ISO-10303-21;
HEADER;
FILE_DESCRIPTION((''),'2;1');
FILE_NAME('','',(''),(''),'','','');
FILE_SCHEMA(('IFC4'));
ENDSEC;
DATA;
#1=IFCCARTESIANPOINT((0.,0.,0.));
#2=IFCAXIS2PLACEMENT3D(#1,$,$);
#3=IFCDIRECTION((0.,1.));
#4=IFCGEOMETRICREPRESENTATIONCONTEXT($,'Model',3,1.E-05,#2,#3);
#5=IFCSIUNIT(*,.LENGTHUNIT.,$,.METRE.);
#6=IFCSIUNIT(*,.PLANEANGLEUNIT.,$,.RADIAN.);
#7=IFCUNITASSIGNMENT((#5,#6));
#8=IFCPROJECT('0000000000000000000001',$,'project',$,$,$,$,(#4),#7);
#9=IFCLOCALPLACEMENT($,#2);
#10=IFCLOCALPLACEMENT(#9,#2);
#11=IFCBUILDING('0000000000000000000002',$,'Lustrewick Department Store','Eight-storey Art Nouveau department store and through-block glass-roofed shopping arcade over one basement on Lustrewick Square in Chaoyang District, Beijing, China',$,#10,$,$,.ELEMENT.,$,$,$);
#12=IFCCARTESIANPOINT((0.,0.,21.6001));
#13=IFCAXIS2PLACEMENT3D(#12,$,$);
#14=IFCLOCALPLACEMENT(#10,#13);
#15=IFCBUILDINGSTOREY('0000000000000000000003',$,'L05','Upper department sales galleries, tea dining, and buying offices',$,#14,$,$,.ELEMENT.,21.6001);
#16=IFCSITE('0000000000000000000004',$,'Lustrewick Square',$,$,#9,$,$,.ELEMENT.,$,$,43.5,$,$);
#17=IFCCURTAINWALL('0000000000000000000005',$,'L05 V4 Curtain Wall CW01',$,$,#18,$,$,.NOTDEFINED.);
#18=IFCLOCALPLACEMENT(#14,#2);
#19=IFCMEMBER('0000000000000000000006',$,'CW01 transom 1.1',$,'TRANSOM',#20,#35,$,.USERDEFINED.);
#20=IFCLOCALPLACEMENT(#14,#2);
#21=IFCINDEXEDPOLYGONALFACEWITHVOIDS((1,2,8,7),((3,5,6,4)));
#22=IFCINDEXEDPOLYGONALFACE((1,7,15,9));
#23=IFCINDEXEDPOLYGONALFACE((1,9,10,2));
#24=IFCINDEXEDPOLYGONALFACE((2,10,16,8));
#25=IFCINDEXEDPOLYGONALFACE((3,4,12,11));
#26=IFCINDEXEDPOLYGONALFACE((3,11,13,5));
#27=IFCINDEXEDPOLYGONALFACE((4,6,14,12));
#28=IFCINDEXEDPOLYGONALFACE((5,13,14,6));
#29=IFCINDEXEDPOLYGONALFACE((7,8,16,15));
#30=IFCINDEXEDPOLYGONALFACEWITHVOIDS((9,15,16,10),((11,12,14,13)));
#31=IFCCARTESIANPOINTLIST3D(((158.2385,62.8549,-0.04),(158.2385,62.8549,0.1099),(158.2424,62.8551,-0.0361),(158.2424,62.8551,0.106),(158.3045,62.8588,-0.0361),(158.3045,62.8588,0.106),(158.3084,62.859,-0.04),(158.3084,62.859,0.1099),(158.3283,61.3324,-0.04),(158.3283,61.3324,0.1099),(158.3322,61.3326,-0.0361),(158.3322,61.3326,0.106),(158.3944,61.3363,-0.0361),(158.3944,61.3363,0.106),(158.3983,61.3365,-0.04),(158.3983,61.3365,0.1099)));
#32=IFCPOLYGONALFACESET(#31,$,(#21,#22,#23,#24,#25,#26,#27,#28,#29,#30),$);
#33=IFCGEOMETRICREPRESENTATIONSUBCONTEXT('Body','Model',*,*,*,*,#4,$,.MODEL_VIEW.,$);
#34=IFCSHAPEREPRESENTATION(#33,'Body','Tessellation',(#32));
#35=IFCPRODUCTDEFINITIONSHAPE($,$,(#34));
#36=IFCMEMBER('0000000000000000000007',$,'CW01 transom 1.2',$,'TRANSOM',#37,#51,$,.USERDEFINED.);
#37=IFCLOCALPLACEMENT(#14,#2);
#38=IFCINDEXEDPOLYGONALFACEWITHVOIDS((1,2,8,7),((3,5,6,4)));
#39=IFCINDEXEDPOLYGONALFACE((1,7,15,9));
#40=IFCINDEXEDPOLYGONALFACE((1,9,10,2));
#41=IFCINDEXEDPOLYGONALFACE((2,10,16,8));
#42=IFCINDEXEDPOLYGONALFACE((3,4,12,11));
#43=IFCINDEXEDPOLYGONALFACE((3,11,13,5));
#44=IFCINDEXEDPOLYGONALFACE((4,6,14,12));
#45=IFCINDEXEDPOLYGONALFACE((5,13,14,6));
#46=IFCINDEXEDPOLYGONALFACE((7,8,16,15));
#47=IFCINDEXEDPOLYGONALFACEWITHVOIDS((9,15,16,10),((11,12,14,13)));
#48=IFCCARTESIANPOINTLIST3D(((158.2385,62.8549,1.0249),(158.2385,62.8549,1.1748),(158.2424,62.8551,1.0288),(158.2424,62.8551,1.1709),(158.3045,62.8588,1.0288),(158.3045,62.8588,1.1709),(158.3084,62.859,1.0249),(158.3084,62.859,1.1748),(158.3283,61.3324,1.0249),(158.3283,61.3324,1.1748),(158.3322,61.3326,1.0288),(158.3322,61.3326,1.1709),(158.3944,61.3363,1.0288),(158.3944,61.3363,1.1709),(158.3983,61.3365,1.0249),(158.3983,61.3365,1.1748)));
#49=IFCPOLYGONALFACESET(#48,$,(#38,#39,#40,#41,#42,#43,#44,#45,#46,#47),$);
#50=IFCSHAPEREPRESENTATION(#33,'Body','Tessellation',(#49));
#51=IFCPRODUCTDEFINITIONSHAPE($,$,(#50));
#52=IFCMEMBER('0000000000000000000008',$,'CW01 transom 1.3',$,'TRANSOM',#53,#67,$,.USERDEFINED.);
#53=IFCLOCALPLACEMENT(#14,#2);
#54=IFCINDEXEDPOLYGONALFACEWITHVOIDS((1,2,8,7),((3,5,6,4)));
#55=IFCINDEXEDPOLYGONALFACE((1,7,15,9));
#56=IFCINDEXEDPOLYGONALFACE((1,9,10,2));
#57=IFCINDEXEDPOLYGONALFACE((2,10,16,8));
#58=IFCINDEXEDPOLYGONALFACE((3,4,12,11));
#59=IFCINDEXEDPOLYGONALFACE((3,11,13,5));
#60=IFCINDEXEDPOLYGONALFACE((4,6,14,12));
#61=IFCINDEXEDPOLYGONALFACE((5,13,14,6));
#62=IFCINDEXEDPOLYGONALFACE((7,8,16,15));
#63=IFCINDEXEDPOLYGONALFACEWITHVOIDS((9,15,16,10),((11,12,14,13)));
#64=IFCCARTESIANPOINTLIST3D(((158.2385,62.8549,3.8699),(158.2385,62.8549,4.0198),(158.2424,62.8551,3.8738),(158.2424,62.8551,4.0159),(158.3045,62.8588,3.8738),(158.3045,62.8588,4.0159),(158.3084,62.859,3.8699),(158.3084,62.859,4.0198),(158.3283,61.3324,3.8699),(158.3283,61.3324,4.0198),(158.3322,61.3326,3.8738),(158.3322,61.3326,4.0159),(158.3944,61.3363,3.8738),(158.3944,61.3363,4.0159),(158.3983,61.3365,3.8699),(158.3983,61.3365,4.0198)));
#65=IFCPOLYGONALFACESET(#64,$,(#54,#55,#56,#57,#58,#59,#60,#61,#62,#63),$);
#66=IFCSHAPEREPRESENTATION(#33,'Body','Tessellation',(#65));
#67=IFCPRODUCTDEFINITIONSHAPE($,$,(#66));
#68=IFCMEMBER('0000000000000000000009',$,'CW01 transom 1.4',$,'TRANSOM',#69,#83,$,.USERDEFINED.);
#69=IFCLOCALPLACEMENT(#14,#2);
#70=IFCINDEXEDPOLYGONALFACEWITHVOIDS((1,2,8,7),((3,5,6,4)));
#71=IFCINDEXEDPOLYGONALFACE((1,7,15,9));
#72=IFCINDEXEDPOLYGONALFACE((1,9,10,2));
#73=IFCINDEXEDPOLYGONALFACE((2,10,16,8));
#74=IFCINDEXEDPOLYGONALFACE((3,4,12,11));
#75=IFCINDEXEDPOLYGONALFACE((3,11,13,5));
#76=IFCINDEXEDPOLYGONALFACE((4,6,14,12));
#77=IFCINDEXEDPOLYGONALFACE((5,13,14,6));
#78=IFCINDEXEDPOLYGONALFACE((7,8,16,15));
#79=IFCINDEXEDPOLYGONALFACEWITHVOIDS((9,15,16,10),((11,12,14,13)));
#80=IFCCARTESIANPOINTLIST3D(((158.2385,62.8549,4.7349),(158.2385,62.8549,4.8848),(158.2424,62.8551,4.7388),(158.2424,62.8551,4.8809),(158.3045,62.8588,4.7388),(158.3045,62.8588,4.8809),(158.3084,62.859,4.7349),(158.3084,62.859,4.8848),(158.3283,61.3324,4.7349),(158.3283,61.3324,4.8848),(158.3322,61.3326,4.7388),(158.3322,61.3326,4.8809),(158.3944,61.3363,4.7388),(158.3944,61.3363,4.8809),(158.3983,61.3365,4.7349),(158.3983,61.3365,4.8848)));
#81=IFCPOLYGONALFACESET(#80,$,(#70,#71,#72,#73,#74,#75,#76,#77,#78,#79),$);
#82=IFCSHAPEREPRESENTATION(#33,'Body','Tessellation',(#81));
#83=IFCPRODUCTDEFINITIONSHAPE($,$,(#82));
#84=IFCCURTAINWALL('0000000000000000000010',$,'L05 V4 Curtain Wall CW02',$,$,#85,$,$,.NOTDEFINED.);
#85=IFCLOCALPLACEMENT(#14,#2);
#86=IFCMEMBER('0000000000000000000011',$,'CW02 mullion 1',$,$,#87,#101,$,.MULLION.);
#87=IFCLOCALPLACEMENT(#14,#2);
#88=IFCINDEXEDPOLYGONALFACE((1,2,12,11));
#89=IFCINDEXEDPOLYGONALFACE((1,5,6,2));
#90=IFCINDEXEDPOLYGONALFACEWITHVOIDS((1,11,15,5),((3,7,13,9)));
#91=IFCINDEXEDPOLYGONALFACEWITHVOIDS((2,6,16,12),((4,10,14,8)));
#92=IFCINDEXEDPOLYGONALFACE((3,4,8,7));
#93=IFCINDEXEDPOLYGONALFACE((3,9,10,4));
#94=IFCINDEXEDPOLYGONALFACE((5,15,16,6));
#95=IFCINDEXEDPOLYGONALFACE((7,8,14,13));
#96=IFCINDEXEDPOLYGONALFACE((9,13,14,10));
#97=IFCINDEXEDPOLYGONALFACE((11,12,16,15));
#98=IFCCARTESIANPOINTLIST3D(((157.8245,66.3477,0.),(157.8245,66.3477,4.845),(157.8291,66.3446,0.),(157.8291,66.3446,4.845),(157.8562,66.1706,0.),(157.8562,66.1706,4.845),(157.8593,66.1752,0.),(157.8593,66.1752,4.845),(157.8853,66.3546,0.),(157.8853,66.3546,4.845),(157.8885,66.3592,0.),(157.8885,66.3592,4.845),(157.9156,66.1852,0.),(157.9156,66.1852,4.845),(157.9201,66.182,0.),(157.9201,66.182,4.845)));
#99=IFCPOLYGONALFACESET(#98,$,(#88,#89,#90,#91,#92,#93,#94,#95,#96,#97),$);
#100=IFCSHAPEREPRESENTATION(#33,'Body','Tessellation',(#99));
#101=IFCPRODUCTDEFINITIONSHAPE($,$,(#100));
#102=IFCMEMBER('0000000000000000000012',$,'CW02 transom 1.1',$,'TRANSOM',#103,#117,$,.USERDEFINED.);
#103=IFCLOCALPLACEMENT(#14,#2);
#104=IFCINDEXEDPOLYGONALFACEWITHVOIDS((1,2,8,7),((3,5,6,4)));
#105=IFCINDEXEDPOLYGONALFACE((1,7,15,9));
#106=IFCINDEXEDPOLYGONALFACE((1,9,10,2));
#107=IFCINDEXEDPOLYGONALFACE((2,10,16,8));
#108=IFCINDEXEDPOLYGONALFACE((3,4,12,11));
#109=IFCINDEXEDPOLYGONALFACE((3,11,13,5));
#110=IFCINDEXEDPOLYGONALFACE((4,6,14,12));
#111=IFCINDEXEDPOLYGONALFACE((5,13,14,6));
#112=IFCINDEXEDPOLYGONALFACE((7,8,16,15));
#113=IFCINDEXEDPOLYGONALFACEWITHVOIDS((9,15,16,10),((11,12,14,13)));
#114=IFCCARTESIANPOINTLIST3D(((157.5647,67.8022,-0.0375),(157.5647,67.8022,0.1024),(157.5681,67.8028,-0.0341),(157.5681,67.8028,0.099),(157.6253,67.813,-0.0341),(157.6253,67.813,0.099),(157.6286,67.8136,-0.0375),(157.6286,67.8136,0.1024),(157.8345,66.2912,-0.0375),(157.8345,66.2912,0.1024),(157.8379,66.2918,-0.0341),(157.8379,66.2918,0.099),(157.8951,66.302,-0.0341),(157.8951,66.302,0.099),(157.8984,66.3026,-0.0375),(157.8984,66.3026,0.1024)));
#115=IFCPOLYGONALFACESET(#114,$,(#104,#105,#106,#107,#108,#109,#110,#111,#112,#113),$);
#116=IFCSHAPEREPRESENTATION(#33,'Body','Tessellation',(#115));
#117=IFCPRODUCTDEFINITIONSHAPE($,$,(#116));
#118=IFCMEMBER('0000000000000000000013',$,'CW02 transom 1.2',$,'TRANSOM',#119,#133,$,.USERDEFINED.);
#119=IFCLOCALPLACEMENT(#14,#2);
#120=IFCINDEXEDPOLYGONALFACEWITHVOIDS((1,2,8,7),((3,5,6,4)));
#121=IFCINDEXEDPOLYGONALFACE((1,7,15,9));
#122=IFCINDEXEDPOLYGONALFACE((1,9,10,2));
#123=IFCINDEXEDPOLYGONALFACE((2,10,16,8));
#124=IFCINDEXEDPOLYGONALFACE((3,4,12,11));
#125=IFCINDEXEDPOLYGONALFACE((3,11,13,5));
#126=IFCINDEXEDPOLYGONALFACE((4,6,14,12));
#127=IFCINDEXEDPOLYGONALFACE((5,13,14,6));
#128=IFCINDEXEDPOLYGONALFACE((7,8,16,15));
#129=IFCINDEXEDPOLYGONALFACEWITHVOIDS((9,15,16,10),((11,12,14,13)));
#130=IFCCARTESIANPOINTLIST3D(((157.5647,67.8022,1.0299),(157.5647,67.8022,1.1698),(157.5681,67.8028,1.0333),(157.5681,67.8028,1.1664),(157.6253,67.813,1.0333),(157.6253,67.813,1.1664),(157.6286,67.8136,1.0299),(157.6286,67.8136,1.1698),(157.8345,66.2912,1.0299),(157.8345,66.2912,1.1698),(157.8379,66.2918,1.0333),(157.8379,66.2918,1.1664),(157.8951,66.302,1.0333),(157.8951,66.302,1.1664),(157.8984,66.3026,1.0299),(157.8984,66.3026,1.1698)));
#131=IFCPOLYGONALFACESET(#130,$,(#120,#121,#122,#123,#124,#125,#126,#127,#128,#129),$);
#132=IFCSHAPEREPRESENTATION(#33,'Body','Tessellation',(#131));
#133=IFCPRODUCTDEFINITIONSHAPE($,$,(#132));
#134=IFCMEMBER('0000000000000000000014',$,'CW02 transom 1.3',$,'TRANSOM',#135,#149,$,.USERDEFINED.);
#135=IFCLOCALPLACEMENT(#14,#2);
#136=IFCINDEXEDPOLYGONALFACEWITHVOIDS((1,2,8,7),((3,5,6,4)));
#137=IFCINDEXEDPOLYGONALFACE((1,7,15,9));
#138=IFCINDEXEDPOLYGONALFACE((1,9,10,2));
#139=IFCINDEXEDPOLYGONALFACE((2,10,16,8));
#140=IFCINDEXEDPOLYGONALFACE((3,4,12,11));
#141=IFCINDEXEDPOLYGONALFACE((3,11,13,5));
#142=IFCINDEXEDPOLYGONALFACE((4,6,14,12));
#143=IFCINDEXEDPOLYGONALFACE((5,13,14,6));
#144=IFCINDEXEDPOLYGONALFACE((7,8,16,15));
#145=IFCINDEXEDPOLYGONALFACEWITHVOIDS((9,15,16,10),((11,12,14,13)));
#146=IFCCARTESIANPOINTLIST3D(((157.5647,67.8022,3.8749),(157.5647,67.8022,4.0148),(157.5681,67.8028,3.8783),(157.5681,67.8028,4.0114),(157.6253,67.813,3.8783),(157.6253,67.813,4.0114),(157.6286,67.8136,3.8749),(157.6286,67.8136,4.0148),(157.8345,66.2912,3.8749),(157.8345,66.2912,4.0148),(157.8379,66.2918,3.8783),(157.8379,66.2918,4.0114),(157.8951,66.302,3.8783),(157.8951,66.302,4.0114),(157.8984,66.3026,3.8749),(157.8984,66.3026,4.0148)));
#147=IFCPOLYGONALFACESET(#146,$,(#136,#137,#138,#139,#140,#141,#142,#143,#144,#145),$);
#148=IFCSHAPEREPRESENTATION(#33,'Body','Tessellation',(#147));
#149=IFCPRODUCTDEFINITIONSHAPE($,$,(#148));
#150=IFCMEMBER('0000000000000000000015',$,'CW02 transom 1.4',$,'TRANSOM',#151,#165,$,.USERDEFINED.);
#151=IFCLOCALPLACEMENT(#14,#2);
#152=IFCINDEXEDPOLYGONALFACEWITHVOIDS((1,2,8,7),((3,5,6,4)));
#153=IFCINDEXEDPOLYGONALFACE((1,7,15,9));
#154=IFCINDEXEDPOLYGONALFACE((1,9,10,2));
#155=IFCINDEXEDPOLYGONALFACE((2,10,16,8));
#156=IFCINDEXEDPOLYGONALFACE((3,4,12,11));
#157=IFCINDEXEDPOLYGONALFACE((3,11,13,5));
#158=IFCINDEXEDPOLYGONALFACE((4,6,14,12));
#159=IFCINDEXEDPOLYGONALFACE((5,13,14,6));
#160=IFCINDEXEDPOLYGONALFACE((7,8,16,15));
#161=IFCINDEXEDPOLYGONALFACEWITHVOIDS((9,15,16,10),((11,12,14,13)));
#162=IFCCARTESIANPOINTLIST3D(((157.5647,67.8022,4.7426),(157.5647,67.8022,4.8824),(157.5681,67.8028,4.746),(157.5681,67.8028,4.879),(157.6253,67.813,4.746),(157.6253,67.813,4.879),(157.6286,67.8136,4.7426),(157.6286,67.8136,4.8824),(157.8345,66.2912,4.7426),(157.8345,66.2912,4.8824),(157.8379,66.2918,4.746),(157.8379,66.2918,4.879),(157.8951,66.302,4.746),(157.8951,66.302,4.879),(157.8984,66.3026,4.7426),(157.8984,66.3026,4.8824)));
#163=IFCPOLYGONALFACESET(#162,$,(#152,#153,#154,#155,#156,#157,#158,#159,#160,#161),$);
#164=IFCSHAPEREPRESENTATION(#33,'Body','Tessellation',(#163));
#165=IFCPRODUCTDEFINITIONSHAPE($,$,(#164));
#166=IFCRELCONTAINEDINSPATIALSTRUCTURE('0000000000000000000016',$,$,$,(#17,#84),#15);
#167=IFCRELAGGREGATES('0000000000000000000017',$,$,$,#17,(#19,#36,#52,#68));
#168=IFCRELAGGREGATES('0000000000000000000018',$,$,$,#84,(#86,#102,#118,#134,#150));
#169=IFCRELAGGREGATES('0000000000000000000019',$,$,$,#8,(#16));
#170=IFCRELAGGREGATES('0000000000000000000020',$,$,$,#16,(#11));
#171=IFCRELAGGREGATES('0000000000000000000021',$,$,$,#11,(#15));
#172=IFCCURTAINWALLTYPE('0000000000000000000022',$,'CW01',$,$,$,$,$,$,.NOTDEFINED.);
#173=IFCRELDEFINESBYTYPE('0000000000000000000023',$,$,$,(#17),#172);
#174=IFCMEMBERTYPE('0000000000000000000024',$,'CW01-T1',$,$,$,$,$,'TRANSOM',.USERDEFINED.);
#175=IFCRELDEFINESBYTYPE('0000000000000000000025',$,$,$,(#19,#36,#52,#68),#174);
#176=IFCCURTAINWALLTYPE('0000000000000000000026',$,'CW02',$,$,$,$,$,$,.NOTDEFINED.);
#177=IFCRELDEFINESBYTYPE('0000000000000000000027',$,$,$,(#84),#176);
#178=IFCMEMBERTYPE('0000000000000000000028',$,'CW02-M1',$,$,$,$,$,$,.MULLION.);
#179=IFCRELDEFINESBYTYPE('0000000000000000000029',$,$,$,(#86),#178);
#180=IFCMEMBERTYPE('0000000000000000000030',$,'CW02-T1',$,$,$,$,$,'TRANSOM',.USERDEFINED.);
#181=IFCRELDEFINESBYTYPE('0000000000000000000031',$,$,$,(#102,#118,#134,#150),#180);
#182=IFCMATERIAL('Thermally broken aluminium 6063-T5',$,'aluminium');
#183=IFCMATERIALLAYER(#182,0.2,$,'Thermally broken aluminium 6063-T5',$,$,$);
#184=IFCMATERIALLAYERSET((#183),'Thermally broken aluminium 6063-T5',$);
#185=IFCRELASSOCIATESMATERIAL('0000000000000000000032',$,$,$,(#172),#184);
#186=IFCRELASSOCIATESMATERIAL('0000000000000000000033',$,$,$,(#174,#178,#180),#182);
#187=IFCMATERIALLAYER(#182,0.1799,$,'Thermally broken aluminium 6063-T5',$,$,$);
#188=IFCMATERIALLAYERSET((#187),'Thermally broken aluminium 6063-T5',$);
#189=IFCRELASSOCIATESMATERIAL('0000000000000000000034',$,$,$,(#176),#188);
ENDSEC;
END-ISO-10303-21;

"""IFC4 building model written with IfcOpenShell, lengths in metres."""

from ifc_helpers import new_model, si_unit, direction, frame, origin, origin_2d, place, context, subcontext, project, spatial, hollow_rectangle, extrude, material, layer, layer_set, material_profile, profile_set, type_object, element, aggregate, save


model = new_model("IFC4")

# Units and contexts
model_context = context("Model", 3, precision=1e-05, world=origin(), true_north=direction((0.0, 1.0)))
body_context = subcontext(model_context, "Body", "Model", "MODEL_VIEW")
ifc_project = project(units=[si_unit("LENGTHUNIT", "METRE"), si_unit("PLANEANGLEUNIT", "RADIAN")], contexts=[model_context])

# Site, building, storey
site_placement = place(None, origin())
site = spatial("IfcSite", under=ifc_project, at=site_placement, Name="Lustrewick Square", CompositionType="ELEMENT", RefElevation=43.5)
building_placement = place(site_placement, origin())
building = spatial("IfcBuilding", under=site, at=building_placement, Name="Lustrewick Department Store", Description="Eight-storey Art Nouveau department store and through-block glass-roofed shopping arcade over one basement on Lustrewick Square in Chaoyang District, Beijing, China", CompositionType="ELEMENT")
storey_placement = place(building_placement, frame((0.0, 0.0, 21.6001)))
storey = spatial("IfcBuildingStorey", under=building, at=storey_placement, Name="L05", Description="Upper department sales galleries, tea dining, and buying offices", CompositionType="ELEMENT", Elevation=21.6001)

# Curtain walls, members
ifc_material_1 = material(Name="Thermally broken aluminium 6063-T5", Category="aluminium")
ifc_layer_1 = layer(ifc_material_1, 0.2, Name="Thermally broken aluminium 6063-T5")
ifc_layer_set_1 = layer_set([ifc_layer_1], Name="Thermally broken aluminium 6063-T5")
curtain_wall_type_1 = type_object("IfcCurtainWallType", Name="CW01", PredefinedType="NOTDEFINED", material=ifc_layer_set_1)
curtain_wall_1_placement = place(storey_placement, origin())
curtain_wall_1 = element("IfcCurtainWall", 1, at=curtain_wall_1_placement, inside=storey, type_object=curtain_wall_type_1, Name="L05 V4 Curtain Wall CW01", PredefinedType="NOTDEFINED")
ifc_material_profile_1 = material_profile(ifc_material_1, hollow_rectangle(XDim=0.0701, YDim=0.1499, WallThickness=0.0039, at=origin_2d()), Name="ALU-T 70x150x4")
ifc_profile_set_1 = profile_set([ifc_material_profile_1], Name="Thermally broken aluminium 6063-T5")
member_type_1 = type_object("IfcMemberType", Name="CW01-T1", ElementType="TRANSOM", PredefinedType="USERDEFINED", material=ifc_profile_set_1)
member_1_placement = place(storey_placement, frame((158.3633, 61.3345, 0.0349), z_axis=(-0.05891, 0.998263, 0.0), x_axis=(-0.998263, -0.05891, 0.0)))
member_1 = element("IfcMember", 2, at=member_1_placement, type_object=member_type_1, Name="CW01 transom 1.1", ObjectType="TRANSOM", PredefinedType="USERDEFINED", context=body_context, shape_type="SweptSolid", body=[
    extrude(hollow_rectangle(XDim=0.0701, YDim=0.1499, WallThickness=0.0039, at=origin_2d()), origin(), (0.0, 0.0, 1.0), 1.5251),
])
member_2_placement = place(storey_placement, frame((158.3633, 61.3345, 1.0999), z_axis=(-0.05891, 0.998263, 0.0), x_axis=(-0.998263, -0.05891, 0.0)))
member_2 = element("IfcMember", 3, at=member_2_placement, type_object=member_type_1, Name="CW01 transom 1.2", ObjectType="TRANSOM", PredefinedType="USERDEFINED", context=body_context, shape_type="SweptSolid", body=[
    extrude(hollow_rectangle(XDim=0.0701, YDim=0.1499, WallThickness=0.0039, at=origin_2d()), origin(), (0.0, 0.0, 1.0), 1.5251),
])
member_3_placement = place(storey_placement, frame((158.3633, 61.3345, 3.9448), z_axis=(-0.05891, 0.998263, 0.0), x_axis=(-0.998263, -0.05891, 0.0)))
member_3 = element("IfcMember", 4, at=member_3_placement, type_object=member_type_1, Name="CW01 transom 1.3", ObjectType="TRANSOM", PredefinedType="USERDEFINED", context=body_context, shape_type="SweptSolid", body=[
    extrude(hollow_rectangle(XDim=0.0701, YDim=0.1499, WallThickness=0.0039, at=origin_2d()), origin(), (0.0, 0.0, 1.0), 1.5251),
])
member_4_placement = place(storey_placement, frame((158.3633, 61.3345, 4.8098), z_axis=(-0.05891, 0.998263, 0.0), x_axis=(-0.998263, -0.05891, 0.0)))
member_4 = element("IfcMember", 5, at=member_4_placement, type_object=member_type_1, Name="CW01 transom 1.4", ObjectType="TRANSOM", PredefinedType="USERDEFINED", context=body_context, shape_type="SweptSolid", body=[
    extrude(hollow_rectangle(XDim=0.0701, YDim=0.1499, WallThickness=0.0039, at=origin_2d()), origin(), (0.0, 0.0, 1.0), 1.5251),
])
ifc_layer_2 = layer(ifc_material_1, 0.1799, Name="Thermally broken aluminium 6063-T5")
ifc_layer_set_2 = layer_set([ifc_layer_2], Name="Thermally broken aluminium 6063-T5")
curtain_wall_type_2 = type_object("IfcCurtainWallType", Name="CW02", PredefinedType="NOTDEFINED", material=ifc_layer_set_2)
curtain_wall_2_placement = place(storey_placement, origin())
curtain_wall_2 = element("IfcCurtainWall", 6, at=curtain_wall_2_placement, inside=storey, type_object=curtain_wall_type_2, Name="L05 V4 Curtain Wall CW02", PredefinedType="NOTDEFINED")
ifc_material_profile_2 = material_profile(ifc_material_1, hollow_rectangle(XDim=0.0649, YDim=0.1799, WallThickness=0.0039, at=origin_2d()), Name="ALU-M 65x180x4")
ifc_profile_set_2 = profile_set([ifc_material_profile_2], Name="Thermally broken aluminium 6063-T5")
member_type_2 = type_object("IfcMemberType", Name="CW02-M1", PredefinedType="MULLION", material=ifc_profile_set_2)
member_5_placement = place(storey_placement, frame((157.8723, 66.2649, 0.0), z_axis=(0.0, 0.0, 1.0), x_axis=(-0.984425, -0.175803, 0.0)))
member_5 = element("IfcMember", 7, at=member_5_placement, type_object=member_type_2, Name="CW02 mullion 1", PredefinedType="MULLION", context=body_context, shape_type="SweptSolid", body=[
    extrude(hollow_rectangle(XDim=0.0649, YDim=0.1799, WallThickness=0.0039, at=origin_2d()), origin(), (0.0, 0.0, 1.0), 4.845),
])
ifc_material_profile_3 = material_profile(ifc_material_1, hollow_rectangle(XDim=0.0649, YDim=0.1399, WallThickness=0.0034, at=origin_2d()), Name="ALU-T 65x140x3.5")
ifc_profile_set_3 = profile_set([ifc_material_profile_3], Name="Thermally broken aluminium 6063-T5")
member_type_3 = type_object("IfcMemberType", Name="CW02-T1", ElementType="TRANSOM", PredefinedType="USERDEFINED", material=ifc_profile_set_3)
member_6_placement = place(storey_placement, frame((157.8665, 66.2969, 0.0325), z_axis=(-0.175763, 0.984432, 0.0), x_axis=(-0.984432, -0.175763, 0.0)))
member_6 = element("IfcMember", 8, at=member_6_placement, type_object=member_type_3, Name="CW02 transom 1.1", ObjectType="TRANSOM", PredefinedType="USERDEFINED", context=body_context, shape_type="SweptSolid", body=[
    extrude(hollow_rectangle(XDim=0.0649, YDim=0.1399, WallThickness=0.0034, at=origin_2d()), origin(), (0.0, 0.0, 1.0), 1.5349),
])
member_7_placement = place(storey_placement, frame((157.8665, 66.2969, 1.0999), z_axis=(-0.175763, 0.984432, 0.0), x_axis=(-0.984432, -0.175763, 0.0)))
member_7 = element("IfcMember", 9, at=member_7_placement, type_object=member_type_3, Name="CW02 transom 1.2", ObjectType="TRANSOM", PredefinedType="USERDEFINED", context=body_context, shape_type="SweptSolid", body=[
    extrude(hollow_rectangle(XDim=0.0649, YDim=0.1399, WallThickness=0.0034, at=origin_2d()), origin(), (0.0, 0.0, 1.0), 1.5349),
])
member_8_placement = place(storey_placement, frame((157.8665, 66.2969, 3.9448), z_axis=(-0.175763, 0.984432, 0.0), x_axis=(-0.984432, -0.175763, 0.0)))
member_8 = element("IfcMember", 10, at=member_8_placement, type_object=member_type_3, Name="CW02 transom 1.3", ObjectType="TRANSOM", PredefinedType="USERDEFINED", context=body_context, shape_type="SweptSolid", body=[
    extrude(hollow_rectangle(XDim=0.0649, YDim=0.1399, WallThickness=0.0034, at=origin_2d()), origin(), (0.0, 0.0, 1.0), 1.5349),
])
member_9_placement = place(storey_placement, frame((157.8665, 66.2969, 4.8125), z_axis=(-0.175763, 0.984432, 0.0), x_axis=(-0.984432, -0.175763, 0.0)))
member_9 = element("IfcMember", 11, at=member_9_placement, type_object=member_type_3, Name="CW02 transom 1.4", ObjectType="TRANSOM", PredefinedType="USERDEFINED", context=body_context, shape_type="SweptSolid", body=[
    extrude(hollow_rectangle(XDim=0.0649, YDim=0.1399, WallThickness=0.0034, at=origin_2d()), origin(), (0.0, 0.0, 1.0), 1.5349),
])

aggregate(curtain_wall_1, [member_1, member_2, member_3, member_4])
aggregate(curtain_wall_2, [member_5, member_6, member_7, member_8, member_9])

save(model, "model.ifc")
